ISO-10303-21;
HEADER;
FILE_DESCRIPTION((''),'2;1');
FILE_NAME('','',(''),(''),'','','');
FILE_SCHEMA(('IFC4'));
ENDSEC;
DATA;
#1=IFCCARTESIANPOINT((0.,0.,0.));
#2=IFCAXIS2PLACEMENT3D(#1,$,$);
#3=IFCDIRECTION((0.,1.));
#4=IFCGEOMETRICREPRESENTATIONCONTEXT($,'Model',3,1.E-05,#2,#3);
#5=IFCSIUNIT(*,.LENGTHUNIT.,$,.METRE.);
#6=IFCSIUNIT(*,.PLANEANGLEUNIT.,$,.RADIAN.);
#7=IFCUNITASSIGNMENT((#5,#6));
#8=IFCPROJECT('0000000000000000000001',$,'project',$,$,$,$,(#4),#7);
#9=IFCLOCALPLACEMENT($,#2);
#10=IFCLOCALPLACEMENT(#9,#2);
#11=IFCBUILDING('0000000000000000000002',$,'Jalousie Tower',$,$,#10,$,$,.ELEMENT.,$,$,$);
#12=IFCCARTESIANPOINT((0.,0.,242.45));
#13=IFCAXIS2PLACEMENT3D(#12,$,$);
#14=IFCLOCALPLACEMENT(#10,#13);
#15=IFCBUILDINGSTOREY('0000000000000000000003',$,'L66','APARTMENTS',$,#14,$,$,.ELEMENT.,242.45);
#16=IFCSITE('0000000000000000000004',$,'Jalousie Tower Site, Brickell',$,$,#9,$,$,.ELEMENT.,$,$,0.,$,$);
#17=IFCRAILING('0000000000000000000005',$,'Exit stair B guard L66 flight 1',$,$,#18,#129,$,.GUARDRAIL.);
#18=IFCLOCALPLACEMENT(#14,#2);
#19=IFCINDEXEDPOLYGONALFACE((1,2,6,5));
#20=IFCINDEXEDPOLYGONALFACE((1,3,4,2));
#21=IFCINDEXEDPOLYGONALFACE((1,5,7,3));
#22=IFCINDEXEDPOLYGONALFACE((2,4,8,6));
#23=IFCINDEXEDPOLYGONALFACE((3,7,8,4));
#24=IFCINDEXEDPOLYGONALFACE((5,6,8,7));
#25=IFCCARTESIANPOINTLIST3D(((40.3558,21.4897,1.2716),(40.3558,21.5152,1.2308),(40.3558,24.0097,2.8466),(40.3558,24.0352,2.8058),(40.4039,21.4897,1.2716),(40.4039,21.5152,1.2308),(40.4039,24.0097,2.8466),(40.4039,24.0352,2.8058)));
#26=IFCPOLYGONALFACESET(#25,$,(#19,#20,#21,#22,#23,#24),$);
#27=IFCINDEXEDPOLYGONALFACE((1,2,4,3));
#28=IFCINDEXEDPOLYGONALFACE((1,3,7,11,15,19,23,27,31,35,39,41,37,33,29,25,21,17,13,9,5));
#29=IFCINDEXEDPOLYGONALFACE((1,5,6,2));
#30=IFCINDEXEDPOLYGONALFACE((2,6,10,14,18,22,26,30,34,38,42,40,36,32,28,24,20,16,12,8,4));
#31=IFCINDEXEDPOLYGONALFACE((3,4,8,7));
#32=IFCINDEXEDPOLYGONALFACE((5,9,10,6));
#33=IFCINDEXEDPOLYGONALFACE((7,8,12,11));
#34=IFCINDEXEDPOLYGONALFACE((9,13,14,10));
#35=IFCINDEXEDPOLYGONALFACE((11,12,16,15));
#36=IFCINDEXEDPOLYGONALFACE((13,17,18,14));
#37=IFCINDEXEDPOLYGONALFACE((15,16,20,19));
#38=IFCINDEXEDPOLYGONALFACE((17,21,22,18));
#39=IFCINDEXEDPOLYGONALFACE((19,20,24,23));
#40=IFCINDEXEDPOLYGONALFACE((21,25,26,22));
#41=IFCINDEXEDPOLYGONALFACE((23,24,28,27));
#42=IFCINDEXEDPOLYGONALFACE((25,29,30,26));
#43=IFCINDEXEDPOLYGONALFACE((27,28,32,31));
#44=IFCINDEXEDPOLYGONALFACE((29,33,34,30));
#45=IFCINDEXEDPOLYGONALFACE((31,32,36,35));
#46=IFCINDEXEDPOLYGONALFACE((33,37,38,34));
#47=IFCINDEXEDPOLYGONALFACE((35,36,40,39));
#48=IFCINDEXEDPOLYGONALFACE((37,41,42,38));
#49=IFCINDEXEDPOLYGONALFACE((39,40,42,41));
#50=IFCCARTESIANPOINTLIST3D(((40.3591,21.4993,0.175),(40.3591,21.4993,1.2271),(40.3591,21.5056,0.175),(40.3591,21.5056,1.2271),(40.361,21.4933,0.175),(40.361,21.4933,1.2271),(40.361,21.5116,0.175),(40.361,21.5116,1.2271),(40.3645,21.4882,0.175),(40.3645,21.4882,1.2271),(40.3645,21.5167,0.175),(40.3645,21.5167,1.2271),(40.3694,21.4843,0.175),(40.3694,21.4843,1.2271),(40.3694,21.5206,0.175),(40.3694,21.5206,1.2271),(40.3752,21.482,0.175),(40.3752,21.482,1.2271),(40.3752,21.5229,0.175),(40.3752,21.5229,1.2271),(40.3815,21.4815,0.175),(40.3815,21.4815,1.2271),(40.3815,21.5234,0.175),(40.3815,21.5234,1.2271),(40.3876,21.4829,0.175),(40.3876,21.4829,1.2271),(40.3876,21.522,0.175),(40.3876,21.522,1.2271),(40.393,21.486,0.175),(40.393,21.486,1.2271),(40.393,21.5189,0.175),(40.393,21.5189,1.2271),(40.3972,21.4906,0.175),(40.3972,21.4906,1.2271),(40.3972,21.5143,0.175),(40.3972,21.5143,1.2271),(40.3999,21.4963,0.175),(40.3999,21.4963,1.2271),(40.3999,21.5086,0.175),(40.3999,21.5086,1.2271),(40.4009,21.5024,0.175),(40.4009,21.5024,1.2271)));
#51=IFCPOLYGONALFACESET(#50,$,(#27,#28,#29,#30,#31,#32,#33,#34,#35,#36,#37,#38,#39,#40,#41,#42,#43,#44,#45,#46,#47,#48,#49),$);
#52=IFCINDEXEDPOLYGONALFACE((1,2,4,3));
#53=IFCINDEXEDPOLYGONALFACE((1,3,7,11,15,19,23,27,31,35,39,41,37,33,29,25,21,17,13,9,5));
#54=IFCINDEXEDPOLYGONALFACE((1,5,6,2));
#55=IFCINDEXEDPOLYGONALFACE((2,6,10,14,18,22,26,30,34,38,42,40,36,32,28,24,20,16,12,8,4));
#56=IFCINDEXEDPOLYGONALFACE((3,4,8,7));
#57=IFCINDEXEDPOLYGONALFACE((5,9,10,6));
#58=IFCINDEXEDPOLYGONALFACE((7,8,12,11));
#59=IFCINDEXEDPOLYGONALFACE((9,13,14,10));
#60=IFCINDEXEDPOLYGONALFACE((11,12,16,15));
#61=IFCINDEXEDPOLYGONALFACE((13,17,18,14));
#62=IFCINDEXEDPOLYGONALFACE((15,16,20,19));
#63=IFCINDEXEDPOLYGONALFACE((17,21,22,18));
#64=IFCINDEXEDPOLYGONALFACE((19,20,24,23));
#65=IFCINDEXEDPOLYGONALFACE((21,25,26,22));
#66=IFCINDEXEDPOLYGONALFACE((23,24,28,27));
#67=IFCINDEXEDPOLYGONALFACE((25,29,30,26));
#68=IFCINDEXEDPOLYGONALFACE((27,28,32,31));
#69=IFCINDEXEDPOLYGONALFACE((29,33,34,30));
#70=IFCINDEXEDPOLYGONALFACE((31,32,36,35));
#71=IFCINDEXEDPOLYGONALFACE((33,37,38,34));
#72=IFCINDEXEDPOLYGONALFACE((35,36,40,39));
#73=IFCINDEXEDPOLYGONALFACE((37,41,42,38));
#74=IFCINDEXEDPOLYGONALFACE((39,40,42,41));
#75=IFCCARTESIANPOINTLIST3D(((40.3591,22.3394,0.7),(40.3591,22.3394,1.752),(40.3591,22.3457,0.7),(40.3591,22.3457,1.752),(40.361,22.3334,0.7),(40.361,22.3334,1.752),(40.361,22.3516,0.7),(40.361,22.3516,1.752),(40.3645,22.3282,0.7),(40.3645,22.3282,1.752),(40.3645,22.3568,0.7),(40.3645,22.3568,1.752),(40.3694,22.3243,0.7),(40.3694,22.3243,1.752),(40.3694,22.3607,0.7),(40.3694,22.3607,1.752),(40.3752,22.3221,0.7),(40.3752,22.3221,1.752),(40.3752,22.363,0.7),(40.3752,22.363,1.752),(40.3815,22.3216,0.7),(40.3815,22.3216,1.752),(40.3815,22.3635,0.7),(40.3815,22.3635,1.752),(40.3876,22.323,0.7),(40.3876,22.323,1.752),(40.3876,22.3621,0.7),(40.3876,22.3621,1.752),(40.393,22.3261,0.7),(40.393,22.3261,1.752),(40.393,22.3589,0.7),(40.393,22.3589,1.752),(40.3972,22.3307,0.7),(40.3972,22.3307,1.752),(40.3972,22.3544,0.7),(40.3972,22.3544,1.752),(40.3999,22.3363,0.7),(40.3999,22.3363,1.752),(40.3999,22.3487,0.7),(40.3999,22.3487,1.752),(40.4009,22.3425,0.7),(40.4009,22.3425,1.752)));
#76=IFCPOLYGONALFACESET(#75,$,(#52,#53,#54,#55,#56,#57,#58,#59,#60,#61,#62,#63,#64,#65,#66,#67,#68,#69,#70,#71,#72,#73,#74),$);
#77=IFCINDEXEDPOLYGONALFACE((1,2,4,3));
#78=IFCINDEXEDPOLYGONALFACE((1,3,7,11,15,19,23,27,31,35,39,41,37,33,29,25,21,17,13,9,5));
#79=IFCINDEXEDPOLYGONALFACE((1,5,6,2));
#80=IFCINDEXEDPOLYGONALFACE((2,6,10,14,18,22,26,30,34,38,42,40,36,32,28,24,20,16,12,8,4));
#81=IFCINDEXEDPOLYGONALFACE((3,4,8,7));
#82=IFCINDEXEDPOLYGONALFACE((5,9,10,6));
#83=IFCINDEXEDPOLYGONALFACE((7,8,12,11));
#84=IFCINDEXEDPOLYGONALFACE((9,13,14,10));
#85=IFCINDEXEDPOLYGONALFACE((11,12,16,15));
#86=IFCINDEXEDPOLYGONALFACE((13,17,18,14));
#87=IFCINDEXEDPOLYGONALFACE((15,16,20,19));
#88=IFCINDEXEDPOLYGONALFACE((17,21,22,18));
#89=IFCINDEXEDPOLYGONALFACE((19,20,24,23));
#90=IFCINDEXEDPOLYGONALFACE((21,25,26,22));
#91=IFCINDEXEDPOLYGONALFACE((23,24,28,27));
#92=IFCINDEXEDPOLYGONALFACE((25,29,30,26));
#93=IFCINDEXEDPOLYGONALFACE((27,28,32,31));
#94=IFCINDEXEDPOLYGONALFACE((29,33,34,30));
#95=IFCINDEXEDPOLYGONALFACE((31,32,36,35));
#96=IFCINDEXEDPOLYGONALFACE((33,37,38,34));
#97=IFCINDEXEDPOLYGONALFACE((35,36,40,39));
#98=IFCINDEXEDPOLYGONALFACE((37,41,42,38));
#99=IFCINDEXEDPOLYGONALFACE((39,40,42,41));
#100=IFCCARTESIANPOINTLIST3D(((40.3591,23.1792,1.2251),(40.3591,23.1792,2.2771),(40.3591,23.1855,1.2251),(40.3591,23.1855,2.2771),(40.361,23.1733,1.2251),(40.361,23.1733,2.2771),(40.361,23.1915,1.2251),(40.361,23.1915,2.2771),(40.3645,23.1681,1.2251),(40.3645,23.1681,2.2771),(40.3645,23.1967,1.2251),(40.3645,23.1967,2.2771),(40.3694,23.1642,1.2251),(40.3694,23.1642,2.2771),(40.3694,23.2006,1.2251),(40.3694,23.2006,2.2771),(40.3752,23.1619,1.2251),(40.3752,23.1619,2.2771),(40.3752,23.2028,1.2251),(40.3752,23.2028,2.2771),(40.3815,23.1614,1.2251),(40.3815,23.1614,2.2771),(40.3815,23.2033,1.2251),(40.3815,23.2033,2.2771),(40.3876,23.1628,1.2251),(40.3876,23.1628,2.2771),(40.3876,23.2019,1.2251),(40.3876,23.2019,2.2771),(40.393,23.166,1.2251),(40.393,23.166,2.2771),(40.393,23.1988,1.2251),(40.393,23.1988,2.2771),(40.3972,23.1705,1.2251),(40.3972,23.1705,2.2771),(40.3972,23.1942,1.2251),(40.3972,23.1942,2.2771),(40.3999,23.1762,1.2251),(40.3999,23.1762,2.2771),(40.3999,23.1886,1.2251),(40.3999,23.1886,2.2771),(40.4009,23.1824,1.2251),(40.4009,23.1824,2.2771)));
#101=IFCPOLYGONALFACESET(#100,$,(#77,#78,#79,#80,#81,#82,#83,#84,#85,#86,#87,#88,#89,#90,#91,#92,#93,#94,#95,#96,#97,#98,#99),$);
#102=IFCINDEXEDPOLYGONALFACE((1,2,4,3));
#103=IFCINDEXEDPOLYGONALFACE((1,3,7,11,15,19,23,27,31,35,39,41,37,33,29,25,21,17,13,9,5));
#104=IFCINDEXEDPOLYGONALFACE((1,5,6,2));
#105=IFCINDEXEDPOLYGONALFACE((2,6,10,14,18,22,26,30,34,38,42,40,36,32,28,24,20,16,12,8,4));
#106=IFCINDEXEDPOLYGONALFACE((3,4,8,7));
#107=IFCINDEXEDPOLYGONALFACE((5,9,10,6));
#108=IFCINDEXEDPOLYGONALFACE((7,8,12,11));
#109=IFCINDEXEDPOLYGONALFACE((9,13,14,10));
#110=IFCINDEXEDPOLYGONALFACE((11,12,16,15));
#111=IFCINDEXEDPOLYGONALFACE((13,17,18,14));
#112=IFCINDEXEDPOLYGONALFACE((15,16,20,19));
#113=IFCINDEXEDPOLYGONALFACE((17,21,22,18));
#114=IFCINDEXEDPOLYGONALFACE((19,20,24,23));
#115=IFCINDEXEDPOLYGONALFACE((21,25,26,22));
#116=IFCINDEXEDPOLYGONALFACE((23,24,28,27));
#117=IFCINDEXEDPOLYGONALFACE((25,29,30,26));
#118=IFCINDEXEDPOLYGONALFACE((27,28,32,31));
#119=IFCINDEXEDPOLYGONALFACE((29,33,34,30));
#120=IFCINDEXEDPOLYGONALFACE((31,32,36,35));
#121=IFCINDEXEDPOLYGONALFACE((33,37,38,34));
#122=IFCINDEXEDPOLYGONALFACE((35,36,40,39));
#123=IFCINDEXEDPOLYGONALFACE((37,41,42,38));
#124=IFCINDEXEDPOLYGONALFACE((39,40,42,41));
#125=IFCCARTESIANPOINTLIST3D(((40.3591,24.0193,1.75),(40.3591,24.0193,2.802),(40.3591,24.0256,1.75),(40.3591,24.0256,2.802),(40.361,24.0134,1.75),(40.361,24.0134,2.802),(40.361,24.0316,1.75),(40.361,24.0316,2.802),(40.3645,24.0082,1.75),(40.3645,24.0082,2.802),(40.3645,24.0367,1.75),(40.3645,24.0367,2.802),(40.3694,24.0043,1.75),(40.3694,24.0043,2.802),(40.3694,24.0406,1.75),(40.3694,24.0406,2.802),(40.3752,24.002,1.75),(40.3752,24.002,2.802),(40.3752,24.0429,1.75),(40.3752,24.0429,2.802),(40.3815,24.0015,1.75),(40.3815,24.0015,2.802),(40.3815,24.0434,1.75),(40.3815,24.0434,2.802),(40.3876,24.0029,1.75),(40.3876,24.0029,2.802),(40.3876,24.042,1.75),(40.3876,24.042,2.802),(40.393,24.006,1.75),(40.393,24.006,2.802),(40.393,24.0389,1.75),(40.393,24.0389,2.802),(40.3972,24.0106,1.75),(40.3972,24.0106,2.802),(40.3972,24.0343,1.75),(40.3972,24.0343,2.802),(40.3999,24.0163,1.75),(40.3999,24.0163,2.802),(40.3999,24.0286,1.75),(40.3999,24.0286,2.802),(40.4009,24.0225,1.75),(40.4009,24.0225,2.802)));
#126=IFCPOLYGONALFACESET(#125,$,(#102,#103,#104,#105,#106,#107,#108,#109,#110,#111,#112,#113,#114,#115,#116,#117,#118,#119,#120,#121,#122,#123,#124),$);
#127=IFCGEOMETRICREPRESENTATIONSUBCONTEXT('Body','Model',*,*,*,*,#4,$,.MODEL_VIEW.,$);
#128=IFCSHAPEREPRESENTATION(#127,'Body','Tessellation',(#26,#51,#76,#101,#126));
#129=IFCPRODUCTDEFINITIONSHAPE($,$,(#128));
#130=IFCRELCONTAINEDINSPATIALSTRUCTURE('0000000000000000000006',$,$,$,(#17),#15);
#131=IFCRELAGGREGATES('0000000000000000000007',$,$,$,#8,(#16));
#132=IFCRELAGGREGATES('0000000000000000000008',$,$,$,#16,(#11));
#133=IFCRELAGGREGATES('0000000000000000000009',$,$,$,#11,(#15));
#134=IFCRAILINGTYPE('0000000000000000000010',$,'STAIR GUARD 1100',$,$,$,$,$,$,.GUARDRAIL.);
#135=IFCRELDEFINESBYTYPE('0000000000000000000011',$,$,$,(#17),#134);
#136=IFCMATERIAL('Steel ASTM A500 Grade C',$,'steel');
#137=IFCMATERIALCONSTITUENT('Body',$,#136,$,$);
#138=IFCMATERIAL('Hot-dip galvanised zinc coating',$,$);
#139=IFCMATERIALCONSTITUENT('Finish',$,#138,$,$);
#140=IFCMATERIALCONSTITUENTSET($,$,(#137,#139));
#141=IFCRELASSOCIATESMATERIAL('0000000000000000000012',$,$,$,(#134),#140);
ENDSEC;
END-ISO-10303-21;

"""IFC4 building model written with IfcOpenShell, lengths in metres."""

from ifc_helpers import new_model, si_unit, direction, frame, origin, origin_2d, place, context, subcontext, project, spatial, rectangle, circle, extrude, material, constituent, constituent_set, type_object, element, save


model = new_model("IFC4")

# Units and contexts
model_context = context("Model", 3, precision=1e-05, world=origin(), true_north=direction((0.0, 1.0)))
body_context = subcontext(model_context, "Body", "Model", "MODEL_VIEW")
ifc_project = project(units=[si_unit("LENGTHUNIT", "METRE"), si_unit("PLANEANGLEUNIT", "RADIAN")], contexts=[model_context])

# Site, building, storey
site_placement = place(None, origin())
site = spatial("IfcSite", under=ifc_project, at=site_placement, Name="Jalousie Tower Site, Brickell", CompositionType="ELEMENT", RefElevation=0.0)
building_placement = place(site_placement, origin())
building = spatial("IfcBuilding", under=site, at=building_placement, Name="Jalousie Tower", CompositionType="ELEMENT")
storey_placement = place(building_placement, frame((0.0, 0.0, 242.45)))
storey = spatial("IfcBuildingStorey", under=building, at=storey_placement, Name="L66", Description="APARTMENTS", CompositionType="ELEMENT", Elevation=242.45)

# Railing
ifc_material_1 = material(Name="Steel ASTM A500 Grade C", Category="steel")
ifc_constituent_1 = constituent(ifc_material_1, Name="Body")
ifc_material_2 = material(Name="Hot-dip galvanised zinc coating")
ifc_constituent_2 = constituent(ifc_material_2, Name="Finish")
ifc_constituent_set_1 = constituent_set(constituents=[ifc_constituent_1, ifc_constituent_2])
railing_type_1 = type_object("IfcRailingType", Name="STAIR GUARD 1100", PredefinedType="GUARDRAIL", material=ifc_constituent_set_1)
railing_1_placement = place(storey_placement, frame((40.3799, 21.5024, 0.175)))
element("IfcRailing", 1, at=railing_1_placement, inside=storey, type_object=railing_type_1, Name="Exit stair B guard L66 flight 1", PredefinedType="GUARDRAIL", context=body_context, shape_type="SweptSolid", body=[
    extrude(rectangle(XDim=0.0481, YDim=0.0481, at=origin_2d()), frame((0.0, 0.0, 1.0762), z_axis=(0.0, 0.848008, 0.529984), x_axis=(-1.0, 0.0, 0.0)), (0.0, 0.0, 1.0), 2.9717),
    extrude(circle(Radius=0.021, at=origin_2d()), origin(), (0.0, 0.0, 1.0), 1.052),
    extrude(circle(Radius=0.021, at=origin_2d()), frame((0.0, 0.8401, 0.5249)), (0.0, 0.0, 1.0), 1.052),
    extrude(circle(Radius=0.021, at=origin_2d()), frame((0.0, 1.6799, 1.05)), (0.0, 0.0, 1.0), 1.052),
    extrude(circle(Radius=0.021, at=origin_2d()), frame((0.0, 2.52, 1.575)), (0.0, 0.0, 1.0), 1.052),
])

save(model, "model.ifc")
